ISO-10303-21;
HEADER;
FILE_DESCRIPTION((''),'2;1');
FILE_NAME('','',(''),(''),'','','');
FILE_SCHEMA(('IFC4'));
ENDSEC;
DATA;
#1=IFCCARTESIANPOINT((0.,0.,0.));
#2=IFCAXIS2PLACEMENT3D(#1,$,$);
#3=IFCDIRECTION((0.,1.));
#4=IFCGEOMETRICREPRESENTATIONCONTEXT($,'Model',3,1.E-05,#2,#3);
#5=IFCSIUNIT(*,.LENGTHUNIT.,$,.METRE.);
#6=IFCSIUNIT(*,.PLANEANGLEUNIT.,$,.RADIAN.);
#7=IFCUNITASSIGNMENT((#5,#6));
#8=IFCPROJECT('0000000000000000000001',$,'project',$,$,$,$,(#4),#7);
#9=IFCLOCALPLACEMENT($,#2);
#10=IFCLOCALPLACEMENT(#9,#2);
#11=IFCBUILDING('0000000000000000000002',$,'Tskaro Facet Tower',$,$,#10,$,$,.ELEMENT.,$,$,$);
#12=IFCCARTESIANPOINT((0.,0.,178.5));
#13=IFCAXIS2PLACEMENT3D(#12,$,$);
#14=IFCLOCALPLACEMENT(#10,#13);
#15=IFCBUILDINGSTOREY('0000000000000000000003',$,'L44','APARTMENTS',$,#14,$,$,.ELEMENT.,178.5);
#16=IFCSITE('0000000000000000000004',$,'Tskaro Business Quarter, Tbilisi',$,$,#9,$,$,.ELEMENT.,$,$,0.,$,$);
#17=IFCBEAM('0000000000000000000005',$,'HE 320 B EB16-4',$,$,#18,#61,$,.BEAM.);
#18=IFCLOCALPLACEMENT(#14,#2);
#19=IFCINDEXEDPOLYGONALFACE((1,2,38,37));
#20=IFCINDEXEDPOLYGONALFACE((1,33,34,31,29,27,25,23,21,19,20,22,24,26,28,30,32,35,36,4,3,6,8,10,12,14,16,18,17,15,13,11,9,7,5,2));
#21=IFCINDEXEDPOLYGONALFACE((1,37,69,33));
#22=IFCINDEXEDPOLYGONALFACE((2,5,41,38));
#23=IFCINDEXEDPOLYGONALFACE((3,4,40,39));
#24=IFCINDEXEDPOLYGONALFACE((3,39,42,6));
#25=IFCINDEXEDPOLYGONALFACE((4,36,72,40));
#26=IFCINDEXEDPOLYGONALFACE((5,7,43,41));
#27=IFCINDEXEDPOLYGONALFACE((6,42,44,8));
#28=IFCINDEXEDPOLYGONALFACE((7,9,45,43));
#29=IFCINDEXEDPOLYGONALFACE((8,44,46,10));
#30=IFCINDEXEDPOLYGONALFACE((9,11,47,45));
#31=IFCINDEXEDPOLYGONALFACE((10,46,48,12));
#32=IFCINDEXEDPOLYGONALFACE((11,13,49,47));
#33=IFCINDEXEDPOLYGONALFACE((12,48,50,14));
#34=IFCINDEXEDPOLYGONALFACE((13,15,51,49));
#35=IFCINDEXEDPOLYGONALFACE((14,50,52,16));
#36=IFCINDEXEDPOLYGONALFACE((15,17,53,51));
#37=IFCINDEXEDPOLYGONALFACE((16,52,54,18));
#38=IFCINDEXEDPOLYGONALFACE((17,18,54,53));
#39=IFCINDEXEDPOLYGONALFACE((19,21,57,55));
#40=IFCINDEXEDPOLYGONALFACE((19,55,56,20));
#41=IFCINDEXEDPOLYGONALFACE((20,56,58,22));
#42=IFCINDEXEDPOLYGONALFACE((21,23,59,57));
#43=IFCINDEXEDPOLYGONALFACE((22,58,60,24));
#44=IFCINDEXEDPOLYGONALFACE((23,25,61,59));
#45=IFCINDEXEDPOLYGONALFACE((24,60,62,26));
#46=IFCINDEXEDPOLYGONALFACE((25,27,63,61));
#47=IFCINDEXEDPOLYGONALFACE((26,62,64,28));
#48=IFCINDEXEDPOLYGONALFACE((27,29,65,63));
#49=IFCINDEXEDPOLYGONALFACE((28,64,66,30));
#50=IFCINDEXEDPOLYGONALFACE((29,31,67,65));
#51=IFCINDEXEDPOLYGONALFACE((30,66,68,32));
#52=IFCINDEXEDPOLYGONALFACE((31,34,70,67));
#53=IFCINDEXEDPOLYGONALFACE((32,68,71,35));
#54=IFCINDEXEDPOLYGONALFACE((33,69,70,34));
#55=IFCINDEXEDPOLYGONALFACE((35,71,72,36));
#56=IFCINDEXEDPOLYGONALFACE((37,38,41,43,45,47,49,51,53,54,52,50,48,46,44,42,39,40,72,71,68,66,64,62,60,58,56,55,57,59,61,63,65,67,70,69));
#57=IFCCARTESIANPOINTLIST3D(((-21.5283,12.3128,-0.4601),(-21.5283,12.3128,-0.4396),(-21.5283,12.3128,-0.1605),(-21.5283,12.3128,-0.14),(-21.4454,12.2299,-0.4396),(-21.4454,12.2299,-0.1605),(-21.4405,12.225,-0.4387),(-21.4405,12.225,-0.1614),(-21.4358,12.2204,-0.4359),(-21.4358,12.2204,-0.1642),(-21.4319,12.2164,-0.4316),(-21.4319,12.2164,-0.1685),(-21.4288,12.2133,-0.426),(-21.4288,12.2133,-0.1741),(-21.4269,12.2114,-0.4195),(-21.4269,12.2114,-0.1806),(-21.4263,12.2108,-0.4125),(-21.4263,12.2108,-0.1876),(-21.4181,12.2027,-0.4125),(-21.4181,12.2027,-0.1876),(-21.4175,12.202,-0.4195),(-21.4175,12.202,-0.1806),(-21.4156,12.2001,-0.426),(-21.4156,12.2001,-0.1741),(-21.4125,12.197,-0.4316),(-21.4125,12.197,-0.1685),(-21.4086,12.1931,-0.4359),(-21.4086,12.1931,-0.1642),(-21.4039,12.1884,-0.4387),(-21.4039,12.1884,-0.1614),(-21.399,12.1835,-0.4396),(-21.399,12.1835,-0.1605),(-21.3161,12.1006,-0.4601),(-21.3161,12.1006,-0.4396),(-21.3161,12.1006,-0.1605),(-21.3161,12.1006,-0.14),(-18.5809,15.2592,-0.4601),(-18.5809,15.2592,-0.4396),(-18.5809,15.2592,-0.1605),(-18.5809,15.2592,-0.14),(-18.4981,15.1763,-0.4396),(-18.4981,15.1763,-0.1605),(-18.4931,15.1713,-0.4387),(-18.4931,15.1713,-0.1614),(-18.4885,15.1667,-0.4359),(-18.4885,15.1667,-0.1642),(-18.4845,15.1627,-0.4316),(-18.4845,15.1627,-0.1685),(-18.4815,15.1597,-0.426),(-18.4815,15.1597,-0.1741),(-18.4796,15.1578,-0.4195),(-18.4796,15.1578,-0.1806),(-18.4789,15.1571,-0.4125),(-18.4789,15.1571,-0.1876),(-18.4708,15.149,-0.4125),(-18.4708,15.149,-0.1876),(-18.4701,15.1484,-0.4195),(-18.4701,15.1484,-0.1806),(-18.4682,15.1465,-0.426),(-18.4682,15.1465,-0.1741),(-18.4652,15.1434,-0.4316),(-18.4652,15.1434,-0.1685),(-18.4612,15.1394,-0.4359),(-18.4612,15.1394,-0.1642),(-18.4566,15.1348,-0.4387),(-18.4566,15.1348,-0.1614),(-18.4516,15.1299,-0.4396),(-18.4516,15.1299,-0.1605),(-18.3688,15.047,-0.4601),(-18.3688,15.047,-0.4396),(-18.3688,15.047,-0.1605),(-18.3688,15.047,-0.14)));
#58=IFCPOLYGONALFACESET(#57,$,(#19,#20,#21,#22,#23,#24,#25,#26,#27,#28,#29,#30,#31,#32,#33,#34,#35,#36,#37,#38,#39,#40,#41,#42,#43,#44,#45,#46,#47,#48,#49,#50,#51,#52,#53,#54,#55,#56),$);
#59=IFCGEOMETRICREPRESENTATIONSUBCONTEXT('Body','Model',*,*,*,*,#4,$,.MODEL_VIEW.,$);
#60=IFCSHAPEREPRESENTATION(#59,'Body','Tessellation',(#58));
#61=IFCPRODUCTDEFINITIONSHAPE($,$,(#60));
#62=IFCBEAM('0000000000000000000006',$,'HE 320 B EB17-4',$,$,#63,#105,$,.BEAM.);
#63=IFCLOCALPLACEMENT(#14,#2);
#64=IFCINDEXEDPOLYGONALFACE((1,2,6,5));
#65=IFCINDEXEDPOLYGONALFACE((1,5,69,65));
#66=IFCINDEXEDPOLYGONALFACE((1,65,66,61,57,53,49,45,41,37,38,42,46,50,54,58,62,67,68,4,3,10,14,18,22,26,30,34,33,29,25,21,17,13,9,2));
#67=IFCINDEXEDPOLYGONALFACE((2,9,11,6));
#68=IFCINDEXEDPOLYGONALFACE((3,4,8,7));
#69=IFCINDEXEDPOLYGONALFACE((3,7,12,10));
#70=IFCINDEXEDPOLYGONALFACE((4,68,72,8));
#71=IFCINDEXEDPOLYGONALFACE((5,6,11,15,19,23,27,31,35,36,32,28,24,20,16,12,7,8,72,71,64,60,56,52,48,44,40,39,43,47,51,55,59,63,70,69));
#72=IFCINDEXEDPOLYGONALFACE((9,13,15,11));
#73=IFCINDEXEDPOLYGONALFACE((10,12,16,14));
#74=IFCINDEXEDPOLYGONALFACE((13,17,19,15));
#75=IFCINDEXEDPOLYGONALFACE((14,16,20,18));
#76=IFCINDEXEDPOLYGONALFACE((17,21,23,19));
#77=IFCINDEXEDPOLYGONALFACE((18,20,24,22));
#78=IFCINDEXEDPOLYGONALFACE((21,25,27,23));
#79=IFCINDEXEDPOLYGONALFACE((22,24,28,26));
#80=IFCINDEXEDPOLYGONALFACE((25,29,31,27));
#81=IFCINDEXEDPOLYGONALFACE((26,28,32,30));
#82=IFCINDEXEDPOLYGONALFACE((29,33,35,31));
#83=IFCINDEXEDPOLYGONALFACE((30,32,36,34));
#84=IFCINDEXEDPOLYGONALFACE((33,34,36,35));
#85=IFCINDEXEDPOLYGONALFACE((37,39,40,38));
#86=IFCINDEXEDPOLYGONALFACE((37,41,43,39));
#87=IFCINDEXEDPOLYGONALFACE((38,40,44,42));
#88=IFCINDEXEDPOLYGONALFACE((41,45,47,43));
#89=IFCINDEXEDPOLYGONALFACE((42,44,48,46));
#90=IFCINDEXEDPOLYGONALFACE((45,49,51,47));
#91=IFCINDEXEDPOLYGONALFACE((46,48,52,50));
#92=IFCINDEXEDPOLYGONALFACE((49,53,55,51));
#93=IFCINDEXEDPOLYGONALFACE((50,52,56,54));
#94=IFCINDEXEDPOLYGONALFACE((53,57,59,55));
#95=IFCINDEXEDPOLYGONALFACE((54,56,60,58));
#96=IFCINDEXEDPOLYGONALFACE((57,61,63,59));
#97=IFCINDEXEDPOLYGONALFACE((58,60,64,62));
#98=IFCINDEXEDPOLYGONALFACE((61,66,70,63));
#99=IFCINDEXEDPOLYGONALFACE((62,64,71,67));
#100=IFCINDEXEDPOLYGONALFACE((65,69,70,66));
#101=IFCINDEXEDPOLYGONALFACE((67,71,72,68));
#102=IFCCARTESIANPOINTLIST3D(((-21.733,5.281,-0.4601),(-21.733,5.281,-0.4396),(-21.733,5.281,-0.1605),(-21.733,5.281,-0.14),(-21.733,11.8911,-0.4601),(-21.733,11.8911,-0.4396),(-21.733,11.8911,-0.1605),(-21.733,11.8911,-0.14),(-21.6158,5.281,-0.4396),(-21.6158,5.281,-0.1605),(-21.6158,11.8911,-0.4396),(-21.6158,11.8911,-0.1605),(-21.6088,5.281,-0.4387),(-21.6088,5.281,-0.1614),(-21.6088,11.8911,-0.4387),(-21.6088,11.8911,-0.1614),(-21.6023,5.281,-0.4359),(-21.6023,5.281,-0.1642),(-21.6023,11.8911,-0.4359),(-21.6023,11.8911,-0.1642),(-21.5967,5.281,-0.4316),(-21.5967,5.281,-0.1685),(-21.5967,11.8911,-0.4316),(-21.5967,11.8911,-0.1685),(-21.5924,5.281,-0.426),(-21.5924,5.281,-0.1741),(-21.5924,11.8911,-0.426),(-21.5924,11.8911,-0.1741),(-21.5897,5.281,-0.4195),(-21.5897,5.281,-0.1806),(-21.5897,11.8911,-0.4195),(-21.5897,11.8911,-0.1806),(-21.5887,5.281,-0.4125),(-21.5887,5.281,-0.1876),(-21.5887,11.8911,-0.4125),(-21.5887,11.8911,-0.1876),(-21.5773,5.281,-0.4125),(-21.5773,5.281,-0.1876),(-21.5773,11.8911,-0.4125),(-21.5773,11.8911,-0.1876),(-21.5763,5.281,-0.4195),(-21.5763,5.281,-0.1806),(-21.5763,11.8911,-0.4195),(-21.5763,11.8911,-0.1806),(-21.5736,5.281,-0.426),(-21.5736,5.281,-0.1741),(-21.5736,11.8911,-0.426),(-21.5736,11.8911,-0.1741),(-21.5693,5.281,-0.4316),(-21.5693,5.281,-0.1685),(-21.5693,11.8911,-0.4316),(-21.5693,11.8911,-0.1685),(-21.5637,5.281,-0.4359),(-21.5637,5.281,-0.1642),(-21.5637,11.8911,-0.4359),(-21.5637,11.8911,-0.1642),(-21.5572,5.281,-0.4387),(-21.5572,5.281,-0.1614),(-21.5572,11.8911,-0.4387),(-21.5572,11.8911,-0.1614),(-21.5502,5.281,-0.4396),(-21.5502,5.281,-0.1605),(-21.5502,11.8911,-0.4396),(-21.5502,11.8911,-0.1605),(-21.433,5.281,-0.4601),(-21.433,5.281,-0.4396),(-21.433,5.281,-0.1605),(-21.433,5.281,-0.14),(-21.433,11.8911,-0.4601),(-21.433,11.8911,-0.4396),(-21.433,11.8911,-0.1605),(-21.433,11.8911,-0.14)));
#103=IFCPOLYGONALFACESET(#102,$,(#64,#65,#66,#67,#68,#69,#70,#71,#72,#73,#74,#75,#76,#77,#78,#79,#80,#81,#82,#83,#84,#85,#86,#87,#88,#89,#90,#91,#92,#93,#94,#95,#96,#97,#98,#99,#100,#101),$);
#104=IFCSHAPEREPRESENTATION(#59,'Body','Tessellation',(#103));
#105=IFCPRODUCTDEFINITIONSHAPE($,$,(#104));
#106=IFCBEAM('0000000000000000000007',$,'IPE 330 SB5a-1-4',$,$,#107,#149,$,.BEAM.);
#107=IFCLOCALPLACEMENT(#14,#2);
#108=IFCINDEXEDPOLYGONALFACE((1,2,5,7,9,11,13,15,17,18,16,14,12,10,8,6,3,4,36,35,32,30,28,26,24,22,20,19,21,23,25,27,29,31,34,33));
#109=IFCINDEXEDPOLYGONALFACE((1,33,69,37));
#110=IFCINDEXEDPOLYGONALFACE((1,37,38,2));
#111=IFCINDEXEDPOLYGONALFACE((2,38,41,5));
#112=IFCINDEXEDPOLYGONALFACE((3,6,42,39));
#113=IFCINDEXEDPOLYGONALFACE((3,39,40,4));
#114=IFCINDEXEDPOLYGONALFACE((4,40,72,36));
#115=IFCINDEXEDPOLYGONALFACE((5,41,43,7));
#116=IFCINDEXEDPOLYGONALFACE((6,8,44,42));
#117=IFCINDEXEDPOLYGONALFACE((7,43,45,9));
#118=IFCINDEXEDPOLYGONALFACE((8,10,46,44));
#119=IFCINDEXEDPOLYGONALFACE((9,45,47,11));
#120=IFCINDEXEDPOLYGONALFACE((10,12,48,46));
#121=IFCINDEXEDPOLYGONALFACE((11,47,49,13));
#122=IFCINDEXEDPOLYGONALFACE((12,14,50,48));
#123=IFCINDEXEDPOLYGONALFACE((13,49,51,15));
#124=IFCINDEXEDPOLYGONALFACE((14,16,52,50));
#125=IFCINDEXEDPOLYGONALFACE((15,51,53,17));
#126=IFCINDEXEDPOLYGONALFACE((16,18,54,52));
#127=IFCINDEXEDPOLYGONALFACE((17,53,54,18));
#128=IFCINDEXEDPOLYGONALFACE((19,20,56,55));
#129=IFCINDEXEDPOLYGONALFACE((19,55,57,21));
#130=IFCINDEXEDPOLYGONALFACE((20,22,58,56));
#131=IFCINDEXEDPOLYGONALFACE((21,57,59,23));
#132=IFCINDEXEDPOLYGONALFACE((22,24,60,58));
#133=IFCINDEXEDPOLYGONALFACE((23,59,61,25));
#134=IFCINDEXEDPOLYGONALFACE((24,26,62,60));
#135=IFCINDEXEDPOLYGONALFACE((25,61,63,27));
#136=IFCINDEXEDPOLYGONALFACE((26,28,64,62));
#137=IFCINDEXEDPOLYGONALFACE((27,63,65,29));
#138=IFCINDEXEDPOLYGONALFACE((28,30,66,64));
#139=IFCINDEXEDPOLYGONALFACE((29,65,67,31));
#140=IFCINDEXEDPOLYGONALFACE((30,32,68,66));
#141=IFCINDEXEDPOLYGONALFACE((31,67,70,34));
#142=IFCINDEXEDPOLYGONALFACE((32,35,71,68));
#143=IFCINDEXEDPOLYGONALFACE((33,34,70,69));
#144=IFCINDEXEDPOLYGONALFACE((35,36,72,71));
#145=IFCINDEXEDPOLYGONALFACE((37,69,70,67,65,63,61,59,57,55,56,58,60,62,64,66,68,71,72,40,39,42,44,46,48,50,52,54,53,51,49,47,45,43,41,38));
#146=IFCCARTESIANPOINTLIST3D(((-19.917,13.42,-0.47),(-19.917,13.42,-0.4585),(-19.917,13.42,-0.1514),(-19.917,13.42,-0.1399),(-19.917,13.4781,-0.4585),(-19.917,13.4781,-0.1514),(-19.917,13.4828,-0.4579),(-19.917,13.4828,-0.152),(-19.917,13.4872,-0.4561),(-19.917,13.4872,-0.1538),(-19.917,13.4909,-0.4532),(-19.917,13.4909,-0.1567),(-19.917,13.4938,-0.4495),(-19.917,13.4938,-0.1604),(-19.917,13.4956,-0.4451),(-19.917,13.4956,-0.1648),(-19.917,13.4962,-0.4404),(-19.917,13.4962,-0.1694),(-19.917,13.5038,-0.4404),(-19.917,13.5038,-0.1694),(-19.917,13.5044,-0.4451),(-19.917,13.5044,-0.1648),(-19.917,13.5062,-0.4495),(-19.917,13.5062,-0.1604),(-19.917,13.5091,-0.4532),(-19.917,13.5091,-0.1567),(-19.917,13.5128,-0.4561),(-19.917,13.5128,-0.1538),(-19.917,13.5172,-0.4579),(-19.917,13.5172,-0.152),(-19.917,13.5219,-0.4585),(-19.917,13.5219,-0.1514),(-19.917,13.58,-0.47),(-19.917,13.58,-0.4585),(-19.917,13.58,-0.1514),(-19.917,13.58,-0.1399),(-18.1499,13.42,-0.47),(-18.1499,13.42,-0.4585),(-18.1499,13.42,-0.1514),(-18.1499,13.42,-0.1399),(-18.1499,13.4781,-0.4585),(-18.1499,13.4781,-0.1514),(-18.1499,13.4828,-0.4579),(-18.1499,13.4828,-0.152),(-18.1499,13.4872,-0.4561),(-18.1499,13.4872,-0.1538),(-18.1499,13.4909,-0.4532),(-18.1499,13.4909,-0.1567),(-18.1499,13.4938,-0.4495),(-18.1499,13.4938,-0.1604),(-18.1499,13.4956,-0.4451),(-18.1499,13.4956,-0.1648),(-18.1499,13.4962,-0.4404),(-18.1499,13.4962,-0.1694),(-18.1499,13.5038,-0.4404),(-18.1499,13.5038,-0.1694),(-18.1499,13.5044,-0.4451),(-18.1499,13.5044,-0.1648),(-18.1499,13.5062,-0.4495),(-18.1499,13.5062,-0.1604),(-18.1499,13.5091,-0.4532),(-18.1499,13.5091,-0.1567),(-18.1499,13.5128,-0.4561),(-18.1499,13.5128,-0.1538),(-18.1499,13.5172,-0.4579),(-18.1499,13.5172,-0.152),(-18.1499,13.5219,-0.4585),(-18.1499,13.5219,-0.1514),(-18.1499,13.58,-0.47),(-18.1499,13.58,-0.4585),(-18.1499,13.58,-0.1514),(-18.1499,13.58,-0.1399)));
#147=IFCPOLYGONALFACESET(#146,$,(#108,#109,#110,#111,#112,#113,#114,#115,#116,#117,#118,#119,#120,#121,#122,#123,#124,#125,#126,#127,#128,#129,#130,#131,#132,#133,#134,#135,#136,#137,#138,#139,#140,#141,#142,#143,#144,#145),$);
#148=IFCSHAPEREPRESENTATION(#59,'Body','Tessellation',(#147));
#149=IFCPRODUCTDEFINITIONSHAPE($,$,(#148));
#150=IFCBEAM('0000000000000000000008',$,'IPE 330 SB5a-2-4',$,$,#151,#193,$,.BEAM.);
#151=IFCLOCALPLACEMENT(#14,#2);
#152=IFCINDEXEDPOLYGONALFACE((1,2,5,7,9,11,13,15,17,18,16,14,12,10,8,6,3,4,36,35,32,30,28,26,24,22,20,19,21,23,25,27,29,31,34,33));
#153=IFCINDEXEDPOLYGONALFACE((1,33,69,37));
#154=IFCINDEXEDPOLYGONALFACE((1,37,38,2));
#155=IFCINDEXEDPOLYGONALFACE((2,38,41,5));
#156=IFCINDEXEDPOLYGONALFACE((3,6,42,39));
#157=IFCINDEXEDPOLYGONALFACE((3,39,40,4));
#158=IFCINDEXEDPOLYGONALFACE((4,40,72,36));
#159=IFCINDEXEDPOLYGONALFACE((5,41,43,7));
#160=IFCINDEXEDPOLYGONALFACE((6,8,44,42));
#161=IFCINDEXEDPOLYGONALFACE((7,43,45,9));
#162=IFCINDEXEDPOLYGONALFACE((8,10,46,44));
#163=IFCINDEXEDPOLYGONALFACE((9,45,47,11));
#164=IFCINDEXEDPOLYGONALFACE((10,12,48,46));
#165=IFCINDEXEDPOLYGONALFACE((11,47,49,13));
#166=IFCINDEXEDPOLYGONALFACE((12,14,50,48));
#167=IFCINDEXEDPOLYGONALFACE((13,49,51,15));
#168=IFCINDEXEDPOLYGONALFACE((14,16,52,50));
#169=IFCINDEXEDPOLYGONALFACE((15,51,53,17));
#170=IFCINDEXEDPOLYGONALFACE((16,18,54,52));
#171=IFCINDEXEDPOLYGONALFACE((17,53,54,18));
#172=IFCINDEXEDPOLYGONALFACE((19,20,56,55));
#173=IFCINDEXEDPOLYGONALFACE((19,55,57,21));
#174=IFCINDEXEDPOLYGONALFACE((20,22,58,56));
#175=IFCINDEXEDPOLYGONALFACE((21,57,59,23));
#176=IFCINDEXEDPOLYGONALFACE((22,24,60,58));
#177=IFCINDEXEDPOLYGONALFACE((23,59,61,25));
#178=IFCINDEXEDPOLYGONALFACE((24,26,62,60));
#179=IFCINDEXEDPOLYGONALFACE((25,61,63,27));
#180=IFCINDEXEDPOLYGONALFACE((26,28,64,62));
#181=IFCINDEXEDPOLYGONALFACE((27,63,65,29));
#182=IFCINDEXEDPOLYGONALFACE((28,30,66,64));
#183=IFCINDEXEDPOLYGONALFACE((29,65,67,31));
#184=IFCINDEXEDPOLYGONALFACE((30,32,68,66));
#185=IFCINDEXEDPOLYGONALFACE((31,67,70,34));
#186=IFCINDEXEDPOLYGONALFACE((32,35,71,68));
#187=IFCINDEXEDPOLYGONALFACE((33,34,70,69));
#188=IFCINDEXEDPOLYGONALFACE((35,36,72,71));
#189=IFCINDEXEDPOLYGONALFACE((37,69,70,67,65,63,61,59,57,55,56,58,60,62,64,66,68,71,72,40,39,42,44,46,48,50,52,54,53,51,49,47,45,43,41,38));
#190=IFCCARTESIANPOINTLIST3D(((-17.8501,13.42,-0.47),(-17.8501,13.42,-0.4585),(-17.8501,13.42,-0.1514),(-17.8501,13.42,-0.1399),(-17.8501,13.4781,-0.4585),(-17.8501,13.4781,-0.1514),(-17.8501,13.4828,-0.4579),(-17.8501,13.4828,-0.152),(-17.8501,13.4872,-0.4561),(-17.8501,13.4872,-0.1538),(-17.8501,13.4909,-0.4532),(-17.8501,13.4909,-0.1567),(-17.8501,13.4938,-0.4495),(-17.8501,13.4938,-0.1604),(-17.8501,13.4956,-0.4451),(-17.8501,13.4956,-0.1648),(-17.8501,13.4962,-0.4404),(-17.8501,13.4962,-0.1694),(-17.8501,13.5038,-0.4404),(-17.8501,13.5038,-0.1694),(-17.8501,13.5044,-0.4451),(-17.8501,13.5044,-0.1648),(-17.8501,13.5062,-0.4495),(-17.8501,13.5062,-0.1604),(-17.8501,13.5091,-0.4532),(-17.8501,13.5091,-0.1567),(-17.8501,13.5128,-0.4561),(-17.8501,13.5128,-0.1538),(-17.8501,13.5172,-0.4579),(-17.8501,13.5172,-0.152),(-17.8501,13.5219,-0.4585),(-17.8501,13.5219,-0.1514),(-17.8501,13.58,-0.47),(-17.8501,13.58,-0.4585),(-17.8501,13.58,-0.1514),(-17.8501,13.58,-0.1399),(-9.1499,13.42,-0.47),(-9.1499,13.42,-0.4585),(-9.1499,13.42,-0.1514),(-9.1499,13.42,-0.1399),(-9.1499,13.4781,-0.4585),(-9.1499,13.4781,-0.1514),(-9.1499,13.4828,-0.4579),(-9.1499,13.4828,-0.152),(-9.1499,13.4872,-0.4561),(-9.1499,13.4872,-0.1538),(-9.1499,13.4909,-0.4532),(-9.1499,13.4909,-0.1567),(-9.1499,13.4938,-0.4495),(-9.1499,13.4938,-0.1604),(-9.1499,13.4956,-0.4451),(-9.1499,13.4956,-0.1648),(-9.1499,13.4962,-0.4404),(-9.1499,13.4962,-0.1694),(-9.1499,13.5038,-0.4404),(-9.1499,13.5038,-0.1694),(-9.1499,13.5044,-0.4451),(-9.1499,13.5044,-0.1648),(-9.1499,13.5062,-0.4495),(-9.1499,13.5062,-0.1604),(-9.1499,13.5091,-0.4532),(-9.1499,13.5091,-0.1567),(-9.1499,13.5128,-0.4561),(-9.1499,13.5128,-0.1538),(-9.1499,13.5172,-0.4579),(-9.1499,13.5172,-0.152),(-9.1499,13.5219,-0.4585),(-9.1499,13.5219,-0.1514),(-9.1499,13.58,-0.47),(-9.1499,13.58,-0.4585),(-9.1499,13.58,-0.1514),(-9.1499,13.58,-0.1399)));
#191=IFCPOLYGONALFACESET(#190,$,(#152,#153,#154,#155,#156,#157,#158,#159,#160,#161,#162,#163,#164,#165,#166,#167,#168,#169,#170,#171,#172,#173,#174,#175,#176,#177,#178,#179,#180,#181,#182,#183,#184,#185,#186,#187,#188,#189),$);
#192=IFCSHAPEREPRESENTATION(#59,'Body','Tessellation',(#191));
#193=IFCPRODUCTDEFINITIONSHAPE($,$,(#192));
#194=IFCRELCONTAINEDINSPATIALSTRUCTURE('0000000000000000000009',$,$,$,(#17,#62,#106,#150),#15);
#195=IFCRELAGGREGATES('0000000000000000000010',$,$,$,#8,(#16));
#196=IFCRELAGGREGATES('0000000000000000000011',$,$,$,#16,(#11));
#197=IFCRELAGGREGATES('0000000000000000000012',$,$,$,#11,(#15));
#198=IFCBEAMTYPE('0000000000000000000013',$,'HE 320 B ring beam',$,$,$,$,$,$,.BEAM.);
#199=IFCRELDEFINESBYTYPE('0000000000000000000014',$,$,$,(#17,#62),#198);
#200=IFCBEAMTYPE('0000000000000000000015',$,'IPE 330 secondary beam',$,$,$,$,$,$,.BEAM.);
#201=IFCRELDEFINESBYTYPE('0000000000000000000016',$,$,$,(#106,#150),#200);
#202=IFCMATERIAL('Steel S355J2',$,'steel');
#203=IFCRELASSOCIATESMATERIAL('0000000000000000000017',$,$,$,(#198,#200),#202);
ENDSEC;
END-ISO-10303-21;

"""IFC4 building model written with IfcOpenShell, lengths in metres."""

from ifc_helpers import new_model, si_unit, direction, frame, origin, origin_2d, place, context, subcontext, project, spatial, i_section, extrude, material, material_profile, profile_set, type_object, element, save


model = new_model("IFC4")

# Units and contexts
model_context = context("Model", 3, precision=1e-05, world=origin(), true_north=direction((0.0, 1.0)))
body_context = subcontext(model_context, "Body", "Model", "MODEL_VIEW")
ifc_project = project(units=[si_unit("LENGTHUNIT", "METRE"), si_unit("PLANEANGLEUNIT", "RADIAN")], contexts=[model_context])

# Site, building, storey
site_placement = place(None, origin())
site = spatial("IfcSite", under=ifc_project, at=site_placement, Name="Tskaro Business Quarter, Tbilisi", CompositionType="ELEMENT", RefElevation=0.0)
building_placement = place(site_placement, origin())
building = spatial("IfcBuilding", under=site, at=building_placement, Name="Tskaro Facet Tower", CompositionType="ELEMENT")
storey_placement = place(building_placement, frame((0.0, 0.0, 178.5)))
storey = spatial("IfcBuildingStorey", under=building, at=storey_placement, Name="L44", Description="APARTMENTS", CompositionType="ELEMENT", Elevation=178.5)

# Beams
ifc_material_1 = material(Name="Steel S355J2", Category="steel")
ifc_material_profile_1 = material_profile(ifc_material_1, i_section(OverallWidth=0.3, OverallDepth=0.3201, WebThickness=0.0115, FlangeThickness=0.0205, FilletRadius=0.0271, at=origin_2d()), Name="HE 320 B")
ifc_profile_set_1 = profile_set([ifc_material_profile_1], Name="Steel S355J2")
beam_type_1 = type_object("IfcBeamType", Name="HE 320 B ring beam", PredefinedType="BEAM", material=ifc_profile_set_1)
for number, where, z_axis, x_axis, name in (
    (1, (-18.4749, 15.1531, -0.3), (-0.707224, -0.70699, 0.0), (0.70699, -0.707224, 0.0), "HE 320 B EB16-4"),
):
    element("IfcBeam", number, at=place(storey_placement, frame(where, z_axis=z_axis, x_axis=x_axis)), inside=storey, type_object=beam_type_1, Name=name, PredefinedType="BEAM", context=body_context, shape_type="SweptSolid", body=[
        extrude(i_section(OverallWidth=0.3, OverallDepth=0.3201, WebThickness=0.0115, FlangeThickness=0.0205, FilletRadius=0.0271, at=origin_2d()), origin(), (0.0, 0.0, 1.0), 4.1675),
    ])
beam_1_placement = place(storey_placement, frame((-21.583, 11.8911, -0.3), z_axis=(0.0, -1.0, 0.0), x_axis=(1.0, 0.0, 0.0)))
element("IfcBeam", 2, at=beam_1_placement, inside=storey, type_object=beam_type_1, Name="HE 320 B EB17-4", PredefinedType="BEAM", context=body_context, shape_type="SweptSolid", body=[
    extrude(i_section(OverallWidth=0.3, OverallDepth=0.3201, WebThickness=0.0115, FlangeThickness=0.0205, FilletRadius=0.0271, at=origin_2d()), origin(), (0.0, 0.0, 1.0), 6.6101),
])
ifc_material_profile_2 = material_profile(ifc_material_1, i_section(OverallWidth=0.1599, OverallDepth=0.3301, WebThickness=0.0076, FlangeThickness=0.0115, FilletRadius=0.0181, at=origin_2d()), Name="IPE 330")
ifc_profile_set_2 = profile_set([ifc_material_profile_2], Name="Steel S355J2")
beam_type_2 = type_object("IfcBeamType", Name="IPE 330 secondary beam", PredefinedType="BEAM", material=ifc_profile_set_2)
beam_2_placement = place(storey_placement, frame((-19.917, 13.5, -0.3049), z_axis=(1.0, 0.0, 0.0), x_axis=(0.0, 1.0, 0.0)))
element("IfcBeam", 3, at=beam_2_placement, inside=storey, type_object=beam_type_2, Name="IPE 330 SB5a-1-4", PredefinedType="BEAM", context=body_context, shape_type="SweptSolid", body=[
    extrude(i_section(OverallWidth=0.1599, OverallDepth=0.3301, WebThickness=0.0076, FlangeThickness=0.0115, FilletRadius=0.0181, at=origin_2d()), origin(), (0.0, 0.0, 1.0), 1.7671),
])
beam_3_placement = place(storey_placement, frame((-17.8501, 13.5, -0.3049), z_axis=(1.0, 0.0, 0.0), x_axis=(0.0, 1.0, 0.0)))
element("IfcBeam", 4, at=beam_3_placement, inside=storey, type_object=beam_type_2, Name="IPE 330 SB5a-2-4", PredefinedType="BEAM", context=body_context, shape_type="SweptSolid", body=[
    extrude(i_section(OverallWidth=0.1599, OverallDepth=0.3301, WebThickness=0.0076, FlangeThickness=0.0115, FilletRadius=0.0181, at=origin_2d()), origin(), (0.0, 0.0, 1.0), 8.7002),
])

save(model, "model.ifc")
